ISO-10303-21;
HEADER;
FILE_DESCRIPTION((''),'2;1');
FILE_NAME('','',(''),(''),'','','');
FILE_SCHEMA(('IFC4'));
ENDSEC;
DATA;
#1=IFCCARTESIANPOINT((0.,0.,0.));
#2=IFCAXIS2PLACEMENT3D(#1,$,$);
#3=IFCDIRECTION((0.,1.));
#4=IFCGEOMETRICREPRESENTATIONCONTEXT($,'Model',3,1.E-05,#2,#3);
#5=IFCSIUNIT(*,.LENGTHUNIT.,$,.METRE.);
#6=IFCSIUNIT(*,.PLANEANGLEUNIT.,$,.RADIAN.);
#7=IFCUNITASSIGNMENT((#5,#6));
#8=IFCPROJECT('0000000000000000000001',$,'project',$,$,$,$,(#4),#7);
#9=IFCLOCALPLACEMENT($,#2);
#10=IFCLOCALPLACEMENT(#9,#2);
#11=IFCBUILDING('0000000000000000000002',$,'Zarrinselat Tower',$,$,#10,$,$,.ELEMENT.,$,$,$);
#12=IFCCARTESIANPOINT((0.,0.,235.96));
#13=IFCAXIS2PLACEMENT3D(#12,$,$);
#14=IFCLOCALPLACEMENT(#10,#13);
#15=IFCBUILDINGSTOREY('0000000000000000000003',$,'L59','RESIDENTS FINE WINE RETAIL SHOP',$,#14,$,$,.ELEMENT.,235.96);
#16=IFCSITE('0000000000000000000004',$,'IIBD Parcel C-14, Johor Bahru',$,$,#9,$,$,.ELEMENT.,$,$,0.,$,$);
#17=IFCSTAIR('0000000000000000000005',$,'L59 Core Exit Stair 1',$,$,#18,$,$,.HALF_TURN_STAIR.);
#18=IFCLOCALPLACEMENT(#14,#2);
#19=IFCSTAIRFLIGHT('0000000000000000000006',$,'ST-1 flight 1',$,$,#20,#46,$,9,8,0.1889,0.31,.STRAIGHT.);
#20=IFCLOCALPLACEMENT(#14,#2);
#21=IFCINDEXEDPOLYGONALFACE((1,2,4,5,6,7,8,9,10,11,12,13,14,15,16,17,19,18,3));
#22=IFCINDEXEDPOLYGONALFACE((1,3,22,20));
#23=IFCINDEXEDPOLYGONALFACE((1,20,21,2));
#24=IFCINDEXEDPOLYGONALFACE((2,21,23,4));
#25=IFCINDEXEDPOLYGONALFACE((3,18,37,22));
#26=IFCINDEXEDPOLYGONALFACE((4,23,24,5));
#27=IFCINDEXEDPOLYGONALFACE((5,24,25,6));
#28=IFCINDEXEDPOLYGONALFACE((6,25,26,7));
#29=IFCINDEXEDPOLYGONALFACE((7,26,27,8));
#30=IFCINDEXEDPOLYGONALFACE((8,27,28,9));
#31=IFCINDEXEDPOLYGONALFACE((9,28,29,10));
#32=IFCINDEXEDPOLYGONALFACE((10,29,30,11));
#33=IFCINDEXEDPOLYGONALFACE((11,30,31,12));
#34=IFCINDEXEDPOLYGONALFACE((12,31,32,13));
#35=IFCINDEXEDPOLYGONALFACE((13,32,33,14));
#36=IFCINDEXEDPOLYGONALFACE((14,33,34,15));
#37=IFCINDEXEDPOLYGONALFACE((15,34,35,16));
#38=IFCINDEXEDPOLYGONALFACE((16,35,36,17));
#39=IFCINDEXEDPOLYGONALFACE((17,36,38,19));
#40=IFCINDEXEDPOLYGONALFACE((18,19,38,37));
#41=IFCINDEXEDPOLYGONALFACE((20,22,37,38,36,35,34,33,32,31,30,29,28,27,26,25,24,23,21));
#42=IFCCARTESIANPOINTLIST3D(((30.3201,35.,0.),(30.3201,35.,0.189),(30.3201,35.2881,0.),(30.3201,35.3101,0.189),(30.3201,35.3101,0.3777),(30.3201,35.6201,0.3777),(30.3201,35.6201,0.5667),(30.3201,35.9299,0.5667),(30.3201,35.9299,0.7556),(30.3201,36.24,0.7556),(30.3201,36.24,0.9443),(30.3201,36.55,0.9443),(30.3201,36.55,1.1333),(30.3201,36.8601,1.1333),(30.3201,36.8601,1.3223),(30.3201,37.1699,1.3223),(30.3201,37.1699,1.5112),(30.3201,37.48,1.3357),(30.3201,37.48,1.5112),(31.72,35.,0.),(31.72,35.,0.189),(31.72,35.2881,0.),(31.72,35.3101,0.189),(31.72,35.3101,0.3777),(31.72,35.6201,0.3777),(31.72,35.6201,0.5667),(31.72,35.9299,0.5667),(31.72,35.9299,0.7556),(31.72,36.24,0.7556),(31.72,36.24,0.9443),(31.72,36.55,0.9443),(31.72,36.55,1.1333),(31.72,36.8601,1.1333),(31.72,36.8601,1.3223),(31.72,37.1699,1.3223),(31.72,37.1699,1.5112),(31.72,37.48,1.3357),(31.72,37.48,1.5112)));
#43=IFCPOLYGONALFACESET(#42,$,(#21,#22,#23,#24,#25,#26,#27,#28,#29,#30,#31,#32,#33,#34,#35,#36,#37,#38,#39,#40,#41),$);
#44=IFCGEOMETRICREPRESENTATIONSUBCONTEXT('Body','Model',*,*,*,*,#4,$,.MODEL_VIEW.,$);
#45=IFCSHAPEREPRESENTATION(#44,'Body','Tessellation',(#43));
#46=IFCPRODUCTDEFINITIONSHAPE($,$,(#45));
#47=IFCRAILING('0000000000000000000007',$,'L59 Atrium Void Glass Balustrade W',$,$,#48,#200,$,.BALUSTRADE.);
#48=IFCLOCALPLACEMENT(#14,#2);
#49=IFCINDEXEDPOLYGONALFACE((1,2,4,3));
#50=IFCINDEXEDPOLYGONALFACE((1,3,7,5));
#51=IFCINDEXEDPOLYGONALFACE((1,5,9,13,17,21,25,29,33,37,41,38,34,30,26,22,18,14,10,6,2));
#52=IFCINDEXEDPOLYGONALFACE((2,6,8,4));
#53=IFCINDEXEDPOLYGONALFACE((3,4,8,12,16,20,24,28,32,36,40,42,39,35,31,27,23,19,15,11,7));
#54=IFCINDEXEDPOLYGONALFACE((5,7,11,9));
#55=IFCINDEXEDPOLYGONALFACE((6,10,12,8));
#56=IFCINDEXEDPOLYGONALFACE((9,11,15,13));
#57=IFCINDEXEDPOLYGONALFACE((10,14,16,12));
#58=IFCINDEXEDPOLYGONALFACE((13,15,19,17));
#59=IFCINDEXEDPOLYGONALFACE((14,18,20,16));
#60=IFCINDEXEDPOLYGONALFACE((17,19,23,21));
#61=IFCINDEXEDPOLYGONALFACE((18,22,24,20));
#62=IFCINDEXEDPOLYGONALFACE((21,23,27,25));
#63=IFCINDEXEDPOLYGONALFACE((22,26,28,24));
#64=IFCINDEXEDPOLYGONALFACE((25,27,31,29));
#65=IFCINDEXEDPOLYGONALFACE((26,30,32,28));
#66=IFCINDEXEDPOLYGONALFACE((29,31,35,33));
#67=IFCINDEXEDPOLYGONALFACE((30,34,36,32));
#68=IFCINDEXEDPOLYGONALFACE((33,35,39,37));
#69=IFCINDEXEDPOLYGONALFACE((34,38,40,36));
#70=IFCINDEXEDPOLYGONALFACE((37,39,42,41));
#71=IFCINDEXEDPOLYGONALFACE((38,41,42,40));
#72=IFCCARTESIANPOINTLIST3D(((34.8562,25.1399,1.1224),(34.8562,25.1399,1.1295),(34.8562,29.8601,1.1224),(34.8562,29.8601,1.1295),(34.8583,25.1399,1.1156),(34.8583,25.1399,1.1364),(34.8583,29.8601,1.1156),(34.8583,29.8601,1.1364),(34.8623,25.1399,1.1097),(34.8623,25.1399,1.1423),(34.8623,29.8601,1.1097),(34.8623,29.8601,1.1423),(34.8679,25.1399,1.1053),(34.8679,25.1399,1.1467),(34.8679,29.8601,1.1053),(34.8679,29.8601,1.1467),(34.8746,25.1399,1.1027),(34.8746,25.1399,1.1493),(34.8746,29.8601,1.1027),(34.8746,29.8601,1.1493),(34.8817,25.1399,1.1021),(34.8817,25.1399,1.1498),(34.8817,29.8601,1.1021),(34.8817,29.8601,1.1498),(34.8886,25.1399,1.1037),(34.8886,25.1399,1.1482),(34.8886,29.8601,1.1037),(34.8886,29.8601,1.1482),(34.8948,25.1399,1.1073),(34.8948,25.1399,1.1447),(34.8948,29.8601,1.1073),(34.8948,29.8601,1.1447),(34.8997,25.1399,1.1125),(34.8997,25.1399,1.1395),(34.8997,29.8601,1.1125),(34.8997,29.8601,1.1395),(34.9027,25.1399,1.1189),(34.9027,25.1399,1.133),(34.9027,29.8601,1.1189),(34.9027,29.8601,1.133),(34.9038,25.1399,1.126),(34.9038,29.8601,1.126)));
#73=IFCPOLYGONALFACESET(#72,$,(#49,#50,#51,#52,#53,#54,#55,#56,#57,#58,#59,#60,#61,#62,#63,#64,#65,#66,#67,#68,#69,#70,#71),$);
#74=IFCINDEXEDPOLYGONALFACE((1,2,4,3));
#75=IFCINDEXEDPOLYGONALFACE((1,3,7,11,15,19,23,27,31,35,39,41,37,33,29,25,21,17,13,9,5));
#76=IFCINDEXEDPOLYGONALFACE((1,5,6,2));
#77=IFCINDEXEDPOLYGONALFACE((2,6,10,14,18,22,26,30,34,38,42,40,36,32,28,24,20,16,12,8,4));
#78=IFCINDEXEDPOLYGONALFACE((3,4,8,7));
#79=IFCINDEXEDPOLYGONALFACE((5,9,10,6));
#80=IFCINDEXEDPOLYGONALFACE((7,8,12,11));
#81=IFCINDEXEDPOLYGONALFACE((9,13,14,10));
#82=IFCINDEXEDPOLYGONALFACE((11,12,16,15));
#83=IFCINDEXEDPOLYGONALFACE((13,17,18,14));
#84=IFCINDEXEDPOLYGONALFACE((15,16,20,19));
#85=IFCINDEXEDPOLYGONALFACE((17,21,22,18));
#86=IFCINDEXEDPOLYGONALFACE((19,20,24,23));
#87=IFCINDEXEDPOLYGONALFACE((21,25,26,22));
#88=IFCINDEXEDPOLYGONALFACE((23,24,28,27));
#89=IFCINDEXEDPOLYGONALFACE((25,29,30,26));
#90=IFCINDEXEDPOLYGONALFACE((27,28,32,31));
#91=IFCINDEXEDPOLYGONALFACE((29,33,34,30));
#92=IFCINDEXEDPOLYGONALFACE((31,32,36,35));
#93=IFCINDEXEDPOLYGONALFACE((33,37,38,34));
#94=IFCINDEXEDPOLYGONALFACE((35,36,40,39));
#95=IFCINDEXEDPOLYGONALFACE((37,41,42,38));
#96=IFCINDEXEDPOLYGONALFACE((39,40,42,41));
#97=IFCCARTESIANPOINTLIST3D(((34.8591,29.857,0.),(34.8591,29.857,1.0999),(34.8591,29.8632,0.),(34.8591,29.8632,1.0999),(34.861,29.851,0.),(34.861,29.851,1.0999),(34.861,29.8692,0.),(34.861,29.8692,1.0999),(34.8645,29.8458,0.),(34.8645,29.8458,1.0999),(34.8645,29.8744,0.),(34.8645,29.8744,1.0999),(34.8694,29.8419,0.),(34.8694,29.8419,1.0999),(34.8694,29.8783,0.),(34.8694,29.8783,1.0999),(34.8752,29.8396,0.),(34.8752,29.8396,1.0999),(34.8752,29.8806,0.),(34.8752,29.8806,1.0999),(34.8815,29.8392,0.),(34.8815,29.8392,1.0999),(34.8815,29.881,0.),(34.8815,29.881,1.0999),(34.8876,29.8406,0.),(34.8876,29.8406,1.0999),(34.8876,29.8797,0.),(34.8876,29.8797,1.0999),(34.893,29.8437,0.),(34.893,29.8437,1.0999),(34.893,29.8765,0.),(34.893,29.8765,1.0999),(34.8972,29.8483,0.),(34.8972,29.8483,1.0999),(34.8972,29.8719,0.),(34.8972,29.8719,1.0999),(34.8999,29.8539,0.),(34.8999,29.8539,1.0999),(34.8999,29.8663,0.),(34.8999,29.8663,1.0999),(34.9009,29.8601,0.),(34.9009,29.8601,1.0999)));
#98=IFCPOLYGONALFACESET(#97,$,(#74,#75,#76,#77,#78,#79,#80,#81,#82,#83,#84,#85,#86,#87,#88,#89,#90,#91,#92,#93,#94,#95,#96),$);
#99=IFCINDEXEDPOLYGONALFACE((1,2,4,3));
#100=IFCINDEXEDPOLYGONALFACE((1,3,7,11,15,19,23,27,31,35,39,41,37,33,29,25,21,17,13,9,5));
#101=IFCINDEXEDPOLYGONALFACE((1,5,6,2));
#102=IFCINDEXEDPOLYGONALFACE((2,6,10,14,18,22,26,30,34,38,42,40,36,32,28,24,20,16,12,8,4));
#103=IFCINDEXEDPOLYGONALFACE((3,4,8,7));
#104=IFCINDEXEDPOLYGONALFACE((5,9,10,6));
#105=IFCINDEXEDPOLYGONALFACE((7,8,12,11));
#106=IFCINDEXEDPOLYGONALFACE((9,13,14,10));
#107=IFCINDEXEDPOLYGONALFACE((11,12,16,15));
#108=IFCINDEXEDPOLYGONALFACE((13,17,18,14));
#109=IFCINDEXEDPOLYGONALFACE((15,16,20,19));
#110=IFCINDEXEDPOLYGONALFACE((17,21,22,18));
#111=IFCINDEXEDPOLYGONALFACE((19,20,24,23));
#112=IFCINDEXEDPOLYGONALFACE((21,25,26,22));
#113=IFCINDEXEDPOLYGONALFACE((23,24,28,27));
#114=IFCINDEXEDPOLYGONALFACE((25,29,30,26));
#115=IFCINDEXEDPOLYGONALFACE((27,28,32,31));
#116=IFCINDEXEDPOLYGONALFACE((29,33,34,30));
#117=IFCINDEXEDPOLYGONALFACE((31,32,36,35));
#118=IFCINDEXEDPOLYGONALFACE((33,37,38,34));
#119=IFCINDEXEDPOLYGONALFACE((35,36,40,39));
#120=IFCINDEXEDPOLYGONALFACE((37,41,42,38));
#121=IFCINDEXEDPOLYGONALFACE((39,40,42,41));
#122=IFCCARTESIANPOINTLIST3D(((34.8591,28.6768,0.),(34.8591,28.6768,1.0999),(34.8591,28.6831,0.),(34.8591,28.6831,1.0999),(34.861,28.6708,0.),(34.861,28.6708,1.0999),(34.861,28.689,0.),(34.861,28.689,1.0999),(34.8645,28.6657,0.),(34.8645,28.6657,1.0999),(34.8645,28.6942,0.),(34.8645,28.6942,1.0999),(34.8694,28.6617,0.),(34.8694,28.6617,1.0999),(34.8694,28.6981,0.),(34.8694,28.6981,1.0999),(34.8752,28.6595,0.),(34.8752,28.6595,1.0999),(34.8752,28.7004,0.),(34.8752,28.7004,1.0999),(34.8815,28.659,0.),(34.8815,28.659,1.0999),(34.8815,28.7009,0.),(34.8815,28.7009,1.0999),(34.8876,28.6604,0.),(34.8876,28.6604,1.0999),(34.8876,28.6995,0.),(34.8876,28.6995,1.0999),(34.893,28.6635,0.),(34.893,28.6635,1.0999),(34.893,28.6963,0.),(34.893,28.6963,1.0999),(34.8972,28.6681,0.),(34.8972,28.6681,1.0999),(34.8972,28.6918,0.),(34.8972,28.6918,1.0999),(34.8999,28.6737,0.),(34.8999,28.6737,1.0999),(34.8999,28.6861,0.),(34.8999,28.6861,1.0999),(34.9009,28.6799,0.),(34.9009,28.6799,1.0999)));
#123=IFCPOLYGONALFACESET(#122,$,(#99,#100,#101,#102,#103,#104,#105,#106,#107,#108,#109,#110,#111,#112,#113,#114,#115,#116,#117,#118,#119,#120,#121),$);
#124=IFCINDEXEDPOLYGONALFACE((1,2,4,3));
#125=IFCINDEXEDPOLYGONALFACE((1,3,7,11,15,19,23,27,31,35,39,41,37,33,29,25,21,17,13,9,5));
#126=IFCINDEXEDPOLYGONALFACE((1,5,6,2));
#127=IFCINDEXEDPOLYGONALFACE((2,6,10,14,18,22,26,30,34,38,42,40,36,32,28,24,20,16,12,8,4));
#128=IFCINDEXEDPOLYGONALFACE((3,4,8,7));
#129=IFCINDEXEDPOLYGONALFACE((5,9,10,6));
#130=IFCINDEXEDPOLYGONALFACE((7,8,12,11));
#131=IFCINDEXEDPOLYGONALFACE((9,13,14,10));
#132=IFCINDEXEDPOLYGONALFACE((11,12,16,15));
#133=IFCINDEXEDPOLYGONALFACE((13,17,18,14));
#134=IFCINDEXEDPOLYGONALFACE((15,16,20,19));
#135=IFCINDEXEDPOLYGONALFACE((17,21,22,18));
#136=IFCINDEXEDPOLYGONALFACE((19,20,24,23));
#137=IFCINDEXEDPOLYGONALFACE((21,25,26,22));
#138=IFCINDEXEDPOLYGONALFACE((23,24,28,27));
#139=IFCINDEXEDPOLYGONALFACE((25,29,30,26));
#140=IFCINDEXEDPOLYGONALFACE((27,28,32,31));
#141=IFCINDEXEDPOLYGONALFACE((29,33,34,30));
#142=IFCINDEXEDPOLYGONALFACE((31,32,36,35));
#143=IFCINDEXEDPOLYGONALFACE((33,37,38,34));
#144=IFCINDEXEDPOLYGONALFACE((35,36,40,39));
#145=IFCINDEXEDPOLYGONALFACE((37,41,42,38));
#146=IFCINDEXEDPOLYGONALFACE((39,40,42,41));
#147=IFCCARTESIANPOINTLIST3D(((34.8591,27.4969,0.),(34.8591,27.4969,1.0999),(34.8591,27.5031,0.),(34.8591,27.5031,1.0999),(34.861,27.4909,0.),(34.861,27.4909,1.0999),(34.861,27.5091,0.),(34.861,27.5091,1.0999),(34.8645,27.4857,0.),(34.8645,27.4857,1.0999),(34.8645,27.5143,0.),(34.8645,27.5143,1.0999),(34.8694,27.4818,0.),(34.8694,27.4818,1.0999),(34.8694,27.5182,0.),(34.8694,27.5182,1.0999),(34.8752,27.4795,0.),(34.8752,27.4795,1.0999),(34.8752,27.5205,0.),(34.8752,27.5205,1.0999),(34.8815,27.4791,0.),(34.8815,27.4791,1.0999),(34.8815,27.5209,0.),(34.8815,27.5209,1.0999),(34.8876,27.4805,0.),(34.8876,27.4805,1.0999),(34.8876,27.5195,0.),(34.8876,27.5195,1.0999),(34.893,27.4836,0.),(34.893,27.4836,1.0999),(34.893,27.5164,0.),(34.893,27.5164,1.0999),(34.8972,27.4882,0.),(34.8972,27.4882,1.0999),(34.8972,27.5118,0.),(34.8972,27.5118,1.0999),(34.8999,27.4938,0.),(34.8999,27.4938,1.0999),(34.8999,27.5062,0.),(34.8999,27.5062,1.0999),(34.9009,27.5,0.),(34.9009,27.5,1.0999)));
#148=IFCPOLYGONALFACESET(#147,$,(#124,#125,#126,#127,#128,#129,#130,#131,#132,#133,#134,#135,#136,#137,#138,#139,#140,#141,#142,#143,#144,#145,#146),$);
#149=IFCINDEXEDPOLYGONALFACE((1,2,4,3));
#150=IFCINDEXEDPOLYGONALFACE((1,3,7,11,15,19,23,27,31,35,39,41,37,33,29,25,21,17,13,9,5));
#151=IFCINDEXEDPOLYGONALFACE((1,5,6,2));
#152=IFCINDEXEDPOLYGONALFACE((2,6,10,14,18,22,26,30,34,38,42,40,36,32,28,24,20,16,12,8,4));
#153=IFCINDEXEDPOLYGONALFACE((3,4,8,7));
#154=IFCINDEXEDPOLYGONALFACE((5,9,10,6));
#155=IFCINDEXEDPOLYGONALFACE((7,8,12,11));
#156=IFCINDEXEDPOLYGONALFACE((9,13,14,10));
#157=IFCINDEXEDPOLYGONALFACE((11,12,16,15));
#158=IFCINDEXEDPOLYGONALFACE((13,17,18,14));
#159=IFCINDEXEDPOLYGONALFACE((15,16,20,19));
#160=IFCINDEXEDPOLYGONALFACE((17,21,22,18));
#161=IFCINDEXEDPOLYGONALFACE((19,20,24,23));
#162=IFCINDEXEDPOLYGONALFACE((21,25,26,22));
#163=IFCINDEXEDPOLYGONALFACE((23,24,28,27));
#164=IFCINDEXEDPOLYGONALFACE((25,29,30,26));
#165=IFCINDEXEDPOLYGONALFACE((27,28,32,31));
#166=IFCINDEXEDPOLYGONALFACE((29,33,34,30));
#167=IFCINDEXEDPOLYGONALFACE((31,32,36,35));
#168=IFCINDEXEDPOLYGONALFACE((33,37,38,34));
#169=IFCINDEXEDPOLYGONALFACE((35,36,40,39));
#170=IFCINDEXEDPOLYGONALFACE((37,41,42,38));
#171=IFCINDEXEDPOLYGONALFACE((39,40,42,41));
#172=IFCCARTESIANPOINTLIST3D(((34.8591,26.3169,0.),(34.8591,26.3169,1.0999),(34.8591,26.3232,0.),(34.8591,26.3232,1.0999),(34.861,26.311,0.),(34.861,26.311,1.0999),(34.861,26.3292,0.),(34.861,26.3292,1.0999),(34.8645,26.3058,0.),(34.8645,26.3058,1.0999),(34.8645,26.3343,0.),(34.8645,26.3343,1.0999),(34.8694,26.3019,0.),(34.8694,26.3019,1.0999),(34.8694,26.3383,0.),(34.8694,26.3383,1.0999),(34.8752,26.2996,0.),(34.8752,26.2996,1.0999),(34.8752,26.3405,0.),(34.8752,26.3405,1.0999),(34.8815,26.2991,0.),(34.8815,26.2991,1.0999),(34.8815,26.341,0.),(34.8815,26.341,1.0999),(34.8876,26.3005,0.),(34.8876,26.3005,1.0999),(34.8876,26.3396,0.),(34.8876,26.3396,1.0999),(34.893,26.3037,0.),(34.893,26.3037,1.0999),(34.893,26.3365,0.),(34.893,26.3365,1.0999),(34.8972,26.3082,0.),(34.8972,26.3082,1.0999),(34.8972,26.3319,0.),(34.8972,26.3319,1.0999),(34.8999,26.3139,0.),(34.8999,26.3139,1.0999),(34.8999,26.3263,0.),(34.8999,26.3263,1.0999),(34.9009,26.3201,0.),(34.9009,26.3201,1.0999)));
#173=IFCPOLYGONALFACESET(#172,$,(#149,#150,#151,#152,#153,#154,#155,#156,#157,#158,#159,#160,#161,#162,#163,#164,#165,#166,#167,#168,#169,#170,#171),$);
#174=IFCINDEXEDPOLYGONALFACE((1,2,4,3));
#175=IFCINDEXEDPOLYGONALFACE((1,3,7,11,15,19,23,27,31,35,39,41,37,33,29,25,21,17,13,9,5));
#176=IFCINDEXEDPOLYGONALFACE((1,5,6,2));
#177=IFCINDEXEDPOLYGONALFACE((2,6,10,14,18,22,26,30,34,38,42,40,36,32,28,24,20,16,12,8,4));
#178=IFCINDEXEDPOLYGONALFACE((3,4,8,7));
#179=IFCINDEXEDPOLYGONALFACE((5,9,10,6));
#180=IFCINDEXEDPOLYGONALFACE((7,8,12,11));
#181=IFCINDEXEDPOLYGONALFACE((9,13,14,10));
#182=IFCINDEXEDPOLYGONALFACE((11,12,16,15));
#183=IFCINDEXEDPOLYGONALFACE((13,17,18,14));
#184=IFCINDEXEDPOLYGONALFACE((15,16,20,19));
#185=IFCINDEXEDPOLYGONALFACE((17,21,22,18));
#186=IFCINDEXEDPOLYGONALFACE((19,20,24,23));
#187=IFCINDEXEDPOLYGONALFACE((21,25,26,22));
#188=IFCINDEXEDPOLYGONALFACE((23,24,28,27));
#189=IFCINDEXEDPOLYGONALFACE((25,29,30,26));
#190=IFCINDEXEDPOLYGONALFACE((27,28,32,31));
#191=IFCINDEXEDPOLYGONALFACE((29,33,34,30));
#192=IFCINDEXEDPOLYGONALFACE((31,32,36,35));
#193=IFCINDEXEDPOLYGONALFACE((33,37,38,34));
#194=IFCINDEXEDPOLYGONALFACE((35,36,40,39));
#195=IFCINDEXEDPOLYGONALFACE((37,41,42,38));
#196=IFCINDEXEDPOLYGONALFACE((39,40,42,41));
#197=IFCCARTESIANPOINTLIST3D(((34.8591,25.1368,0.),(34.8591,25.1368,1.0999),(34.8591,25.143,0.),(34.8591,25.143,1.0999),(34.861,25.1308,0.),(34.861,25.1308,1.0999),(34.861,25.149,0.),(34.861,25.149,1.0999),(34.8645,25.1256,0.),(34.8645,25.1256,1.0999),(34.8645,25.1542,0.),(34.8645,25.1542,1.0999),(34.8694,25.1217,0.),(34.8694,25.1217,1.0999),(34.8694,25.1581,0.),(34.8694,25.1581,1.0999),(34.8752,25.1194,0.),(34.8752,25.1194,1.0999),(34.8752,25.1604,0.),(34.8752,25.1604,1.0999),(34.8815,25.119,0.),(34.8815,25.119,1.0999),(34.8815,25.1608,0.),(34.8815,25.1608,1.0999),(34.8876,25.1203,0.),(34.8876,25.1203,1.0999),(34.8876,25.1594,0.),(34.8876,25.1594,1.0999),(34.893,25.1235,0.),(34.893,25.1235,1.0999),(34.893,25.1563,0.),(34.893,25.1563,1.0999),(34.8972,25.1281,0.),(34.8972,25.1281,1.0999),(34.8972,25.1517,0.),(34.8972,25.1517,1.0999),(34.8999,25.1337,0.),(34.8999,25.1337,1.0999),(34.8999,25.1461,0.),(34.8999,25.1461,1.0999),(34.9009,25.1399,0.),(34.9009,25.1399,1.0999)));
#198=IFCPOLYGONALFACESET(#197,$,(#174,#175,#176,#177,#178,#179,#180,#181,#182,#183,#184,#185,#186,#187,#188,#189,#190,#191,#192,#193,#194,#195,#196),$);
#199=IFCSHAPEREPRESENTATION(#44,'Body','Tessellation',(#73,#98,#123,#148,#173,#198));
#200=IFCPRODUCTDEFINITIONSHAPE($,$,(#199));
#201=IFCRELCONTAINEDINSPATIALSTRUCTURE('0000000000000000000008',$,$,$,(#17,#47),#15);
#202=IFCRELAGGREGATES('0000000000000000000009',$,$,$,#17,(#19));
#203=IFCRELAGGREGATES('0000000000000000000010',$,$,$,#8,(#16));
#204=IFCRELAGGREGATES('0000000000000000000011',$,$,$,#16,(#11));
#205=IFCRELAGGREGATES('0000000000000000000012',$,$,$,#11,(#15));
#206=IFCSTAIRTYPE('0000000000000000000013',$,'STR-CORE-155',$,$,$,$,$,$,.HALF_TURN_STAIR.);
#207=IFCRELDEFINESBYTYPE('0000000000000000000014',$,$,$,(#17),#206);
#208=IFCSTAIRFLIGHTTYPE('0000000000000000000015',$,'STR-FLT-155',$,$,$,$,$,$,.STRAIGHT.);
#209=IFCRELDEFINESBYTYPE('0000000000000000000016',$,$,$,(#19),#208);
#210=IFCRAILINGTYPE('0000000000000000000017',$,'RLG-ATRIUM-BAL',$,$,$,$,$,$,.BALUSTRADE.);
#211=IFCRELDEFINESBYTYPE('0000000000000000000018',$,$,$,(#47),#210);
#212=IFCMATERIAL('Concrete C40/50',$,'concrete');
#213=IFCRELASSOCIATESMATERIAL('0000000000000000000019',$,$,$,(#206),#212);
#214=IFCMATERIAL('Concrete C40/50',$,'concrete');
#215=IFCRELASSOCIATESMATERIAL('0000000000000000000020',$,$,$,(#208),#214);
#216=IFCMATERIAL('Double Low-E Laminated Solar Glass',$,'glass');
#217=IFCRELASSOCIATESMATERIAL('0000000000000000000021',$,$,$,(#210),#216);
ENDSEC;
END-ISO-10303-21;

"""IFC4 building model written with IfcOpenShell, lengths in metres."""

from ifc_helpers import new_model, si_unit, direction, frame, origin, origin_2d, place, context, subcontext, project, spatial, polyline, circle, outline, extrude, material, type_object, element, aggregate, save


model = new_model("IFC4")

# Units and contexts
model_context = context("Model", 3, precision=1e-05, world=origin(), true_north=direction((0.0, 1.0)))
body_context = subcontext(model_context, "Body", "Model", "MODEL_VIEW")
ifc_project = project(units=[si_unit("LENGTHUNIT", "METRE"), si_unit("PLANEANGLEUNIT", "RADIAN")], contexts=[model_context])

# Site, building, storey
site_placement = place(None, origin())
site = spatial("IfcSite", under=ifc_project, at=site_placement, Name="IIBD Parcel C-14, Johor Bahru", CompositionType="ELEMENT", RefElevation=0.0)
building_placement = place(site_placement, origin())
building = spatial("IfcBuilding", under=site, at=building_placement, Name="Zarrinselat Tower", CompositionType="ELEMENT")
storey_placement = place(building_placement, frame((0.0, 0.0, 235.96)))
storey = spatial("IfcBuildingStorey", under=building, at=storey_placement, Name="L59", Description="RESIDENTS FINE WINE RETAIL SHOP", CompositionType="ELEMENT", Elevation=235.96)

# Stair, stair flight
ifc_material_1 = material(Name="Concrete C40/50", Category="concrete")
stair_type = type_object("IfcStairType", Name="STR-CORE-155", PredefinedType="HALF_TURN_STAIR", material=ifc_material_1)
stair_placement = place(storey_placement, origin())
stair = element("IfcStair", 1, at=stair_placement, inside=storey, type_object=stair_type, Name="L59 Core Exit Stair 1", PredefinedType="HALF_TURN_STAIR")
ifc_material_2 = material(Name="Concrete C40/50", Category="concrete")
stair_flight_type = type_object("IfcStairFlightType", Name="STR-FLT-155", PredefinedType="STRAIGHT", material=ifc_material_2)
stair_flight_placement = place(storey_placement, frame((31.02, 35.0, 0.0), z_axis=(0.0, 0.0, 1.0), x_axis=(0.0, 1.0, 0.0)))
stair_flight = element("IfcStairFlight", 2, at=stair_flight_placement, type_object=stair_flight_type, Name="ST-1 flight 1", NumberOfRisers=9, NumberOfTreads=8, PredefinedType="STRAIGHT", RiserHeight=0.1889, TreadLength=0.31, context=body_context, shape_type="SweptSolid", body=[
    extrude(outline(polyline([(0.0, 0.0), (0.0, 0.189), (0.3101, 0.189), (0.3101, 0.3777), (0.6201, 0.3777), (0.6201, 0.5667), (0.9299, 0.5667), (0.9299, 0.7556), (1.24, 0.7556), (1.24, 0.9443), (1.55, 0.9443), (1.55, 1.1333), (1.8601, 1.1333), (1.8601, 1.3223), (2.1699, 1.3223), (2.1699, 1.5112), (2.48, 1.5112), (2.48, 1.7), (2.48, 1.3357), (0.2881, 0.0), (0.0, 0.0)])), frame((0.0, 0.7, 0.0), z_axis=(0.0, -1.0, 0.0), x_axis=(1.0, 0.0, 0.0)), (0.0, 0.0, 1.0), 1.3999),
])
aggregate(stair, [stair_flight])

# Railing
ifc_material_3 = material(Name="Double Low-E Laminated Solar Glass", Category="glass")
railing_type_1 = type_object("IfcRailingType", Name="RLG-ATRIUM-BAL", PredefinedType="BALUSTRADE", material=ifc_material_3)
railing_1_placement = place(storey_placement, frame((34.8799, 29.8601, 0.0)))
element("IfcRailing", 3, at=railing_1_placement, inside=storey, type_object=railing_type_1, Name="L59 Atrium Void Glass Balustrade W", PredefinedType="BALUSTRADE", context=body_context, shape_type="SweptSolid", body=[
    extrude(circle(Radius=0.0239, at=origin_2d()), frame((0.0, 0.0, 1.126), z_axis=(0.0, -1.0, 0.0), x_axis=(1.0, 0.0, 0.0)), (0.0, 0.0, 1.0), 4.7202),
    extrude(circle(Radius=0.021, at=origin_2d()), origin(), (0.0, 0.0, 1.0), 1.0999),
    extrude(circle(Radius=0.021, at=origin_2d()), frame((0.0, -1.1802, 0.0)), (0.0, 0.0, 1.0), 1.0999),
    extrude(circle(Radius=0.021, at=origin_2d()), frame((0.0, -2.3601, 0.0)), (0.0, 0.0, 1.0), 1.0999),
    extrude(circle(Radius=0.021, at=origin_2d()), frame((0.0, -3.54, 0.0)), (0.0, 0.0, 1.0), 1.0999),
    extrude(circle(Radius=0.021, at=origin_2d()), frame((0.0, -4.7202, 0.0)), (0.0, 0.0, 1.0), 1.0999),
])

save(model, "model.ifc")
